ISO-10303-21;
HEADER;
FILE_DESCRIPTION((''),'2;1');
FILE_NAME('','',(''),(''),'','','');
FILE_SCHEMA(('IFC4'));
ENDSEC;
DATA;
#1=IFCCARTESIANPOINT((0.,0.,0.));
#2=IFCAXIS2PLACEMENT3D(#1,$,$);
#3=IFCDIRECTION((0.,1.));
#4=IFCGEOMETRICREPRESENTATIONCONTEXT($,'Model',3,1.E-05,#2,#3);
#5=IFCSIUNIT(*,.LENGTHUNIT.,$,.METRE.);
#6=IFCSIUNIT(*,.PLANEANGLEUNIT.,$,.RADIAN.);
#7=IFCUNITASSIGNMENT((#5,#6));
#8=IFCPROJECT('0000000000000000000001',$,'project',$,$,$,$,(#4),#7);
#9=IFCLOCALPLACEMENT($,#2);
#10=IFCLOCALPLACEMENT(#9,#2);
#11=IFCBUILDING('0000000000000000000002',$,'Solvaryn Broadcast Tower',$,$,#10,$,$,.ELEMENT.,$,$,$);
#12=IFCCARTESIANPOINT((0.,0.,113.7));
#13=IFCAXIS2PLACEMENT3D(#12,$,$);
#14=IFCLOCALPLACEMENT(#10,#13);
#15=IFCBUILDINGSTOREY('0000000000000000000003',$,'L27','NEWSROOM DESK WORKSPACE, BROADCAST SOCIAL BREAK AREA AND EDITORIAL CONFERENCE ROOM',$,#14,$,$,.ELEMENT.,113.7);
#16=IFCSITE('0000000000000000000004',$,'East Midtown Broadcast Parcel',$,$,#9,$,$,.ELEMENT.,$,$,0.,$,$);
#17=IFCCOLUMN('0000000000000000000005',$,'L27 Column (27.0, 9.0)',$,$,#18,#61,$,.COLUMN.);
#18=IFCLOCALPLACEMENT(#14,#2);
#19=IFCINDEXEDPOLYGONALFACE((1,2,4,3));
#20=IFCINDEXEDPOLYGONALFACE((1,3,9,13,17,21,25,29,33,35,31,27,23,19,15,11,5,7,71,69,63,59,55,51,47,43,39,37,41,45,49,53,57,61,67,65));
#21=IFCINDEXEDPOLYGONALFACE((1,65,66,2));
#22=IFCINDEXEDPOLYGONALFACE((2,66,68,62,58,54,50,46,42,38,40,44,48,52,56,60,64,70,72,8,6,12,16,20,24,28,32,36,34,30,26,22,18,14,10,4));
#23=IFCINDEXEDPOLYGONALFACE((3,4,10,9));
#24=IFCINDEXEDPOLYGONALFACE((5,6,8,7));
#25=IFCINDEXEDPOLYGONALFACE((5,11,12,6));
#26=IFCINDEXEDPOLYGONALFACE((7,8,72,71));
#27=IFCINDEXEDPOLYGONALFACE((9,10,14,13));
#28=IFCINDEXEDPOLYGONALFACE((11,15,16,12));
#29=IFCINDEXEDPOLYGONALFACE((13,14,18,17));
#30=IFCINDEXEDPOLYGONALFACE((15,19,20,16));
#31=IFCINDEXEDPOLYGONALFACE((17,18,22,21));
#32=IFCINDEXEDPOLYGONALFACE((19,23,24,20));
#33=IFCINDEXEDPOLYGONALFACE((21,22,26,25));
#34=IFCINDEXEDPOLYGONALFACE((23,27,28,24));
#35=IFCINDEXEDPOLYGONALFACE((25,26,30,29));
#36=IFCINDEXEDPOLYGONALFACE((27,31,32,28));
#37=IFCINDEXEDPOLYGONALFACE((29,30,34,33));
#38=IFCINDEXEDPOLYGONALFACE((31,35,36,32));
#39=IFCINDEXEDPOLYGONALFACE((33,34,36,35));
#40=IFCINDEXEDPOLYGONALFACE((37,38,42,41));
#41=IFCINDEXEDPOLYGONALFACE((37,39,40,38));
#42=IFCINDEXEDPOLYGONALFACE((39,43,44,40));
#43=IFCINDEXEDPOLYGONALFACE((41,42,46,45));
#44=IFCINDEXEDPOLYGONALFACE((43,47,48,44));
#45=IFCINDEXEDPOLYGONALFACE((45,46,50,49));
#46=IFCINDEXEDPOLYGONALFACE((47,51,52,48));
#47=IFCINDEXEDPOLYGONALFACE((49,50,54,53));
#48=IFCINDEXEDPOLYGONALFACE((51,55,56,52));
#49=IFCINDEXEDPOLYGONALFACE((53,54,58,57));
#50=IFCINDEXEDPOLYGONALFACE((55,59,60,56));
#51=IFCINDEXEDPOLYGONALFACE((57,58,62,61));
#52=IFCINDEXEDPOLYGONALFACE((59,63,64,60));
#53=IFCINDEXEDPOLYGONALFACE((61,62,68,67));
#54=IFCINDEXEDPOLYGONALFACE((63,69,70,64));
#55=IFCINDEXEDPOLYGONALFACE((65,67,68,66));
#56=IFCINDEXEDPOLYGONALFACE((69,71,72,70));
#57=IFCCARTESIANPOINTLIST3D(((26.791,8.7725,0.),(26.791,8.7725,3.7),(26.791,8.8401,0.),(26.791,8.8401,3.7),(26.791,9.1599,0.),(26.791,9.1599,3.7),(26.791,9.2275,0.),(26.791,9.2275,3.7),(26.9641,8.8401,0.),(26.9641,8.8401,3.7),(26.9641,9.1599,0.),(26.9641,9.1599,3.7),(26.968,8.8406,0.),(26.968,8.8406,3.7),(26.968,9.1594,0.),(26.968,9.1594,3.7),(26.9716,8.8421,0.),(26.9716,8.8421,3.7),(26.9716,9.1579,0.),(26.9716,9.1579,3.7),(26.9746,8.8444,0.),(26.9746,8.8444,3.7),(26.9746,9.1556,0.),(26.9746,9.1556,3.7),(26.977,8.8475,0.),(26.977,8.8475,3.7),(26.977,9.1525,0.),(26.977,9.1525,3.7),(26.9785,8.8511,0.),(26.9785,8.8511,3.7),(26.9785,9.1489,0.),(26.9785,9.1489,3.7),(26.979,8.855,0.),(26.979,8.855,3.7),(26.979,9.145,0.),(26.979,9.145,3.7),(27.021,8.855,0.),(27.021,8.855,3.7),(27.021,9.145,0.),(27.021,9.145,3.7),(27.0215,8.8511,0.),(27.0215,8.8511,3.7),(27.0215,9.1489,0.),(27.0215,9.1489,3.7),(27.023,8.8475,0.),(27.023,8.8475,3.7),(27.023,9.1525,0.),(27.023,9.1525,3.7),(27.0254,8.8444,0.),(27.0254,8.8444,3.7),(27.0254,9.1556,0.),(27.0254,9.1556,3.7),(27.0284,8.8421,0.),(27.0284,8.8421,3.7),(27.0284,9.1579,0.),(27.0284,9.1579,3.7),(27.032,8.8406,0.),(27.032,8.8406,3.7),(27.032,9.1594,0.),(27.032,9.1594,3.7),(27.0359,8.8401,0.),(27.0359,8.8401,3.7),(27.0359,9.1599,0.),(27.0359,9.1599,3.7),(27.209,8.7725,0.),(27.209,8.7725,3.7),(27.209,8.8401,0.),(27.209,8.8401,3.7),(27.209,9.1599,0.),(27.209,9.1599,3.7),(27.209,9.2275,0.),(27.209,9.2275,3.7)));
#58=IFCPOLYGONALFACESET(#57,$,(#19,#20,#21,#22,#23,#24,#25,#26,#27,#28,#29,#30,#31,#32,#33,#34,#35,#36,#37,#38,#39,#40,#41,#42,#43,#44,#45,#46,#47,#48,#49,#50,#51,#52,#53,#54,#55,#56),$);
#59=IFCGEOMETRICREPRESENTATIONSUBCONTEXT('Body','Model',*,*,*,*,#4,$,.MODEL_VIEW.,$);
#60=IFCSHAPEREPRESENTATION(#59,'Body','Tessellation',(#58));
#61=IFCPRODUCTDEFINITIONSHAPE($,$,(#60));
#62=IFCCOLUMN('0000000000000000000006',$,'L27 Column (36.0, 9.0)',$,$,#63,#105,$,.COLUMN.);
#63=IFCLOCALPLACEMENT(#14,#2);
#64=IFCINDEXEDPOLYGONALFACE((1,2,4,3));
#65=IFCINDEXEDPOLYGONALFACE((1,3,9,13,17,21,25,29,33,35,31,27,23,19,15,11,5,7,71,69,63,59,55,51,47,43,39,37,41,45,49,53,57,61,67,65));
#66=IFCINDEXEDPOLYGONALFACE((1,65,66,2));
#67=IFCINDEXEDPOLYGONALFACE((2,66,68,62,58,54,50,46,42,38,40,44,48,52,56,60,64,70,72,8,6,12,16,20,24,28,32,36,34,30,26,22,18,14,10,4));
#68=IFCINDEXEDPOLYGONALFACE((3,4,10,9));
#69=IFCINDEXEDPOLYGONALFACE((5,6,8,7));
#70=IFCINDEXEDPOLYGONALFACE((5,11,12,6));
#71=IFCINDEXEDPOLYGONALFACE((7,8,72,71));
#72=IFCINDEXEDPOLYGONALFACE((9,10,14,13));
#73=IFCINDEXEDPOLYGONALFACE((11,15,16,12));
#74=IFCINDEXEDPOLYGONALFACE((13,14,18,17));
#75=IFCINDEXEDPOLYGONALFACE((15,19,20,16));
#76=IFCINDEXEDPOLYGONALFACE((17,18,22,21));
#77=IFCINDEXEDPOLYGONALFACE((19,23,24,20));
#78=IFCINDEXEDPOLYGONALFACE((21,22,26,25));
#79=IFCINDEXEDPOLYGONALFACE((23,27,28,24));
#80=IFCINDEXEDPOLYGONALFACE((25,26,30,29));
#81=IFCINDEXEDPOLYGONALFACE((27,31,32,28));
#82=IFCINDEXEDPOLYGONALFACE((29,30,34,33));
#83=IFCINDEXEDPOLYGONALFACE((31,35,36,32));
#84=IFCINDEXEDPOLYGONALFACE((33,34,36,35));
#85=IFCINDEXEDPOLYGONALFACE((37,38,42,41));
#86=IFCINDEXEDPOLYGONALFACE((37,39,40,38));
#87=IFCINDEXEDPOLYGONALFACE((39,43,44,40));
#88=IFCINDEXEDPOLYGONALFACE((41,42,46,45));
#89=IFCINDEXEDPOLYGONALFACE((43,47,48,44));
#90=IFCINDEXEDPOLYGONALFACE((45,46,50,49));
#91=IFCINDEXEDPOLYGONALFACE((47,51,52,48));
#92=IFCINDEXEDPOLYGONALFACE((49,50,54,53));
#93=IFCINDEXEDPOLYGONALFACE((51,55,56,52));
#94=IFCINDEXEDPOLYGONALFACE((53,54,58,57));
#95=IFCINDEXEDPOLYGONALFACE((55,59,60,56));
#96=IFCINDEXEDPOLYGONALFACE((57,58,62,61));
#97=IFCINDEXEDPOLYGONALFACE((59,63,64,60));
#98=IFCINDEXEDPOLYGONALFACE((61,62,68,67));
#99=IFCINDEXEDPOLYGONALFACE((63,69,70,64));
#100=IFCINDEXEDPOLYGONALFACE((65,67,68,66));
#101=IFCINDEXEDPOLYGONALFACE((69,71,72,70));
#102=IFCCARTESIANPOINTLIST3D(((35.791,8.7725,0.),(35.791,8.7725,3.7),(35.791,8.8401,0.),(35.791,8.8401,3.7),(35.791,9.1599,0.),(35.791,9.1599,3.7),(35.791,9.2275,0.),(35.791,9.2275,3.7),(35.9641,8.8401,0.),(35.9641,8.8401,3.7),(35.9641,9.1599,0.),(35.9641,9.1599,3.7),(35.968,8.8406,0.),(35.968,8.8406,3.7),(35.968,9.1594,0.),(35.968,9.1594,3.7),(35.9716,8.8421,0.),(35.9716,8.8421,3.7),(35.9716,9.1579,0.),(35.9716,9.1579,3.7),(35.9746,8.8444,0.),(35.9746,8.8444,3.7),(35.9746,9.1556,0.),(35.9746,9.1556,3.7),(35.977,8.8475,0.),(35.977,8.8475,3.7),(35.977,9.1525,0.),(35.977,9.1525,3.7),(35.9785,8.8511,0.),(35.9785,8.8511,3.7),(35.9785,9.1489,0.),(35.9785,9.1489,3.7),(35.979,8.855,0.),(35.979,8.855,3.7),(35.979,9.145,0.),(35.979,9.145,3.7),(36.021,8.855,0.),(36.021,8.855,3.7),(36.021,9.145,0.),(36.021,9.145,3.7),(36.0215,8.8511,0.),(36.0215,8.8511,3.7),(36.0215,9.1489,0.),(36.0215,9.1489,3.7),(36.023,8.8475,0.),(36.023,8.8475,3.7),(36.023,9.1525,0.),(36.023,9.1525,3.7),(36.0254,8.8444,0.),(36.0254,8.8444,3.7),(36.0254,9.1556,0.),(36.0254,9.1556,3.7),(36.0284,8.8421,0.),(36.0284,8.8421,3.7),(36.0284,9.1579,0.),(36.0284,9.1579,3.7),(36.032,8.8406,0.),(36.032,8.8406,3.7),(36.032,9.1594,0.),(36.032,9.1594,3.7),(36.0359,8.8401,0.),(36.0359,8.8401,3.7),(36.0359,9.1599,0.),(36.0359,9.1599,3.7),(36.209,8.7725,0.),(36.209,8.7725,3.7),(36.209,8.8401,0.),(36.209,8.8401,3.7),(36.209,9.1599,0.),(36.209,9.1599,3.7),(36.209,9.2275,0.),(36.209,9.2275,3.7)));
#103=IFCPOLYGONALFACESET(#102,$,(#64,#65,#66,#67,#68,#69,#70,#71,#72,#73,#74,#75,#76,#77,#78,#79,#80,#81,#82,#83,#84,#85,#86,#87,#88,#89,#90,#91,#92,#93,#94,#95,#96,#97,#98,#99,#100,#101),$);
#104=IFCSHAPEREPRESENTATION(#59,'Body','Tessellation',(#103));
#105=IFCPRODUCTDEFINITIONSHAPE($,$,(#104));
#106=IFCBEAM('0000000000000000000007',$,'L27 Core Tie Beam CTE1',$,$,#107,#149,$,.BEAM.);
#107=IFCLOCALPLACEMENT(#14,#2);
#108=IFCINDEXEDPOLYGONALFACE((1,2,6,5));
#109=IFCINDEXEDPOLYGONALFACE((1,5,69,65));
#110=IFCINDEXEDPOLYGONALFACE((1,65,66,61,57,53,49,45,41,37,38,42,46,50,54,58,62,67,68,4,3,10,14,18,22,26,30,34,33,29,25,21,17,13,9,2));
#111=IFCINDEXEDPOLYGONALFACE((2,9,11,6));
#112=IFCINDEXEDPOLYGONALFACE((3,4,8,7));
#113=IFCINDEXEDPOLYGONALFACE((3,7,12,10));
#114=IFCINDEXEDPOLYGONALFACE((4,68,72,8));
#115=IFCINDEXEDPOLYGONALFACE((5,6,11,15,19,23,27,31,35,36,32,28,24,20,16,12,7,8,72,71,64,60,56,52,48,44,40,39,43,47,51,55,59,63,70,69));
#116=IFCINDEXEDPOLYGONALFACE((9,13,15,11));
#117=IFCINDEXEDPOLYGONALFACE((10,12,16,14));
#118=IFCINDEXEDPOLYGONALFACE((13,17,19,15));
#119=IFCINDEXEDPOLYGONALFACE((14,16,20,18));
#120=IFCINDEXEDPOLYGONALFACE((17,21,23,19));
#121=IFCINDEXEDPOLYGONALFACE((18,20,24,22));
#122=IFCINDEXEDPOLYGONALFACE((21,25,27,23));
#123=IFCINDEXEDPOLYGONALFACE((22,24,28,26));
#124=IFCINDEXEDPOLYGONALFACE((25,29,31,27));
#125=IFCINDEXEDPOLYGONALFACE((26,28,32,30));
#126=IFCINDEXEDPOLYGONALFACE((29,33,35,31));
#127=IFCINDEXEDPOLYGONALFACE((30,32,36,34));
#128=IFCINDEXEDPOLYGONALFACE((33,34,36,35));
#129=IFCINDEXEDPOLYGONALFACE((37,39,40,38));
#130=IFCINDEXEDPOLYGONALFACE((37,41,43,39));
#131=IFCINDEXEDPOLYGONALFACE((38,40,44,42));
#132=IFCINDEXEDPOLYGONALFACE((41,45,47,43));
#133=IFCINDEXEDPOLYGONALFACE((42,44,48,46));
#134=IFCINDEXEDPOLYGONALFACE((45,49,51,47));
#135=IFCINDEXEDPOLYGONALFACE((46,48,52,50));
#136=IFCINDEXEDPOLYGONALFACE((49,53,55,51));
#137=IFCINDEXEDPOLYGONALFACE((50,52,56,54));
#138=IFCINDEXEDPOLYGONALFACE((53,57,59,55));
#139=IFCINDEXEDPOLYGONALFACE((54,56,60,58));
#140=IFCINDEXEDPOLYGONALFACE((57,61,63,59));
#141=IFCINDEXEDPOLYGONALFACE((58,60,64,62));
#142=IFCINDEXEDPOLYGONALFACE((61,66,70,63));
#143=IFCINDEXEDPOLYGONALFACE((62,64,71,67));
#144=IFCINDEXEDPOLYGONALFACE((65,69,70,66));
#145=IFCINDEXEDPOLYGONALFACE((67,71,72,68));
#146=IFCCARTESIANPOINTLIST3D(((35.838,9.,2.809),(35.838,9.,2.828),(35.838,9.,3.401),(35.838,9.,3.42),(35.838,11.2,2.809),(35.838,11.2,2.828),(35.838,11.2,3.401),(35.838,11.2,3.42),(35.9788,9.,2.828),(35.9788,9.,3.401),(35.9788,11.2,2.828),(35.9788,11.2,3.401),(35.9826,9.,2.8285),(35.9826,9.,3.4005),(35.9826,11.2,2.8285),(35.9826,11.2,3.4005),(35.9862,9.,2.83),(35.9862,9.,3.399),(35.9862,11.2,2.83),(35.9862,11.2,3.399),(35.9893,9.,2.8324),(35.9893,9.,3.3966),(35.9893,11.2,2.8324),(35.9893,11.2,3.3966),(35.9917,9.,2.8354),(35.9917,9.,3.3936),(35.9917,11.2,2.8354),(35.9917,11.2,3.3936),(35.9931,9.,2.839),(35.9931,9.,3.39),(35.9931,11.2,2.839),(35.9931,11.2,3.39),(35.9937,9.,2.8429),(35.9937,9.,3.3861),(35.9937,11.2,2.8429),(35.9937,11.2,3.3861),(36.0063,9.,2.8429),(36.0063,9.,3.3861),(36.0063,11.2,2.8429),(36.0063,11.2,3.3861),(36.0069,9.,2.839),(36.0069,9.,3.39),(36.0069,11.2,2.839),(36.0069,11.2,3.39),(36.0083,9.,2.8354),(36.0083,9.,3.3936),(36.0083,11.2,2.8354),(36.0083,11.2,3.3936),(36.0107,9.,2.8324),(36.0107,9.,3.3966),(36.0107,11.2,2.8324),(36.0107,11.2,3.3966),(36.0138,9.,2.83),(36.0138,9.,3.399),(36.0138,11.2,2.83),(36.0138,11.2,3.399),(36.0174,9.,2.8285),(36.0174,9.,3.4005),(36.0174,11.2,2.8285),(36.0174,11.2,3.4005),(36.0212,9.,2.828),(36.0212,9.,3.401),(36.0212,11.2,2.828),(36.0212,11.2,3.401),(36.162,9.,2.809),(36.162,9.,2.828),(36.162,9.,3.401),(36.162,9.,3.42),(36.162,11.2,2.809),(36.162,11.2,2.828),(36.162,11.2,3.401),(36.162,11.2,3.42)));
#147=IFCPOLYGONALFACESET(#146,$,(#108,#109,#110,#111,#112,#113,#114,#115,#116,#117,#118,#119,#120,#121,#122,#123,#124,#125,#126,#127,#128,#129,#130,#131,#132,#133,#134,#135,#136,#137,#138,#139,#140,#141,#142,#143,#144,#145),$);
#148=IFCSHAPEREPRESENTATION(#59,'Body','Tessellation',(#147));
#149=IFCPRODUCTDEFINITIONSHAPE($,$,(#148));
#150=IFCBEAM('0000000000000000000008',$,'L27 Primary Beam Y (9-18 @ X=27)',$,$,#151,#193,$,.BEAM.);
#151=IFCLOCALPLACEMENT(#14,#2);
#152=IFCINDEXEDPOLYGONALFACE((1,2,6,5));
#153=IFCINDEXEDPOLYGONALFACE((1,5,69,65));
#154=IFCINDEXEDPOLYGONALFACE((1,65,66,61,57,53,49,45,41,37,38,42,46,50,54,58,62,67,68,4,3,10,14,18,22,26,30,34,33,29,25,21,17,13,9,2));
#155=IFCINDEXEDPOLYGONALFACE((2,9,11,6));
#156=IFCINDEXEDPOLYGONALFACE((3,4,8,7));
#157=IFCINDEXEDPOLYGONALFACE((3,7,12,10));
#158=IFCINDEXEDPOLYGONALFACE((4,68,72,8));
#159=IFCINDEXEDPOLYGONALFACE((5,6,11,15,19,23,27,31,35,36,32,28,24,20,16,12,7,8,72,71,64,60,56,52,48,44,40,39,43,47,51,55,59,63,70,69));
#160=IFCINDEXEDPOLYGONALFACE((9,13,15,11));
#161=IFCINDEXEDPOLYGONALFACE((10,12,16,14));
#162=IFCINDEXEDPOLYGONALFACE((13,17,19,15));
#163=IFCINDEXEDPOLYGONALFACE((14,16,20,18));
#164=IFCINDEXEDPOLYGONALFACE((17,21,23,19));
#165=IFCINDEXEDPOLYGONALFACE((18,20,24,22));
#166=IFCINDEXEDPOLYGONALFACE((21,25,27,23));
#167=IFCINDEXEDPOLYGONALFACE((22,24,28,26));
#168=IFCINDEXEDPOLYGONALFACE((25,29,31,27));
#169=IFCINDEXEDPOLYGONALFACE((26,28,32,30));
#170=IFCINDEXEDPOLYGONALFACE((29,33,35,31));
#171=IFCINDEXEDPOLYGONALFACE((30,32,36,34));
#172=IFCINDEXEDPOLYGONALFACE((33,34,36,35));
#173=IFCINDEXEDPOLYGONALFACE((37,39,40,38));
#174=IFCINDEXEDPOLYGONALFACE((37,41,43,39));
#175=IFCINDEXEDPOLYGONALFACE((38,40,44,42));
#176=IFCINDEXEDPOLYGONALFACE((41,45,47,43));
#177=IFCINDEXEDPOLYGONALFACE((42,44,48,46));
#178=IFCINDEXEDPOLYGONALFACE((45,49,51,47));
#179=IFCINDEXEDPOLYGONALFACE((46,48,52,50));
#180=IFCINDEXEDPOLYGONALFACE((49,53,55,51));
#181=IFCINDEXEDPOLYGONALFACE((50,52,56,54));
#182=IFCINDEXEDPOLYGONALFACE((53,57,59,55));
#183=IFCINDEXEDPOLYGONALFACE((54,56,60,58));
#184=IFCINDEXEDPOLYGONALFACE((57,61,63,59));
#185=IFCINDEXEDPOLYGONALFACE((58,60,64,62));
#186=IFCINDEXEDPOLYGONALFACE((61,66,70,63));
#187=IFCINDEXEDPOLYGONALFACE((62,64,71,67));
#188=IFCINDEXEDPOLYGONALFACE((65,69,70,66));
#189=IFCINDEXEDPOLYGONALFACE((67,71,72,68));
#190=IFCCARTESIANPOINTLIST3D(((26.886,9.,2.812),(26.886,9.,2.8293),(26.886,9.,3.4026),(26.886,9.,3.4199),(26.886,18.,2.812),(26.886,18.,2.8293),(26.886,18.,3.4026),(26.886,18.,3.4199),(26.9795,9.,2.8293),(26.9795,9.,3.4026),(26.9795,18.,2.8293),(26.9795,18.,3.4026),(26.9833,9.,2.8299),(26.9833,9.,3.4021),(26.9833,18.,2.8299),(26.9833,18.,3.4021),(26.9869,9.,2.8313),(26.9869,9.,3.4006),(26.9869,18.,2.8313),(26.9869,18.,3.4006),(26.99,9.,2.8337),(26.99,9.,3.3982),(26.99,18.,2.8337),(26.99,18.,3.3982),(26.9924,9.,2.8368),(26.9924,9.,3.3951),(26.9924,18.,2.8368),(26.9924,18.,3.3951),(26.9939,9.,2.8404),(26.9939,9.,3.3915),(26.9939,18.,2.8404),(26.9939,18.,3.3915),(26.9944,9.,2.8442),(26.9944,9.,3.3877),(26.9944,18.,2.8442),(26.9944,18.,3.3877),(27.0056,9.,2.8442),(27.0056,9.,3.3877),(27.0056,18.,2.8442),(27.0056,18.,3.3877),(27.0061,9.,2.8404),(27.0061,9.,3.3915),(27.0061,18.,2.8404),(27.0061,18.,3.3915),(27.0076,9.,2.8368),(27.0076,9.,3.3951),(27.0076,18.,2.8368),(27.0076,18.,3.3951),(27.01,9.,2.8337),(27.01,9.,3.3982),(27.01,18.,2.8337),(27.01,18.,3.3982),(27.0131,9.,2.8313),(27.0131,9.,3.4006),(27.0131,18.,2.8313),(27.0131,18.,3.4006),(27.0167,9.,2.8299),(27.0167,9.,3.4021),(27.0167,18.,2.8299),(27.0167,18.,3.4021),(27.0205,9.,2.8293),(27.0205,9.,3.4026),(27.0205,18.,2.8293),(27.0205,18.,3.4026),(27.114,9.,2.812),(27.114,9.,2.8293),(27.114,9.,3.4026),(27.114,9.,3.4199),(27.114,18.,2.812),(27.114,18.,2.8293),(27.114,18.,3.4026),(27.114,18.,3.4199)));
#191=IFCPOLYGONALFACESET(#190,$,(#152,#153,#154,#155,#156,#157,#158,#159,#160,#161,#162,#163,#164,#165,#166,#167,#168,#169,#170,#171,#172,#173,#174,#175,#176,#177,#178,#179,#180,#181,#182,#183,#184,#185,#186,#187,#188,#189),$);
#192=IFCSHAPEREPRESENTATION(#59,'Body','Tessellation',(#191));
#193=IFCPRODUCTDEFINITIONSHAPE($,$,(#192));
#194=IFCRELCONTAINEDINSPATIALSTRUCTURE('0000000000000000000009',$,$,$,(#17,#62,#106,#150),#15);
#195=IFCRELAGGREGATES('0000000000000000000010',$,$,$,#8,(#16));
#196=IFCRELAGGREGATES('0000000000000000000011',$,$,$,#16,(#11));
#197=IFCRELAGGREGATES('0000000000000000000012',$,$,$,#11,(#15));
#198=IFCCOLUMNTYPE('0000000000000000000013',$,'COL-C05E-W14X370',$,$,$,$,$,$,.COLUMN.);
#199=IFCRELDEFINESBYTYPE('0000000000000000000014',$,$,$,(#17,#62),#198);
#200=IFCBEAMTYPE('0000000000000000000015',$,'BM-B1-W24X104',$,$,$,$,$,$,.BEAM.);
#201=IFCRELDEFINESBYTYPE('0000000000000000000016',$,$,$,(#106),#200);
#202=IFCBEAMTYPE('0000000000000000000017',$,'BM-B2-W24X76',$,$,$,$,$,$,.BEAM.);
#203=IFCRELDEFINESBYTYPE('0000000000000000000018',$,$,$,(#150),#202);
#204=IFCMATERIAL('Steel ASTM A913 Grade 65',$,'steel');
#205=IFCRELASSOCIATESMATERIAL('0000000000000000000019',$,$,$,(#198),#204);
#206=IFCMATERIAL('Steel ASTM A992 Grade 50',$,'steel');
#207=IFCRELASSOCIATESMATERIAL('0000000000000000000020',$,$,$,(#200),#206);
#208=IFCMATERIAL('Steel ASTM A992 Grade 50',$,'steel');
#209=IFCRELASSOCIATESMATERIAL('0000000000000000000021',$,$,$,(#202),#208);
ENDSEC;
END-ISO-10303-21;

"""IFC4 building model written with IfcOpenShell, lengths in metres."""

from ifc_helpers import new_model, si_unit, direction, frame, origin, origin_2d, place, context, subcontext, project, spatial, i_section, extrude, material, material_profile, profile_set, type_object, element, save


model = new_model("IFC4")

# Units and contexts
model_context = context("Model", 3, precision=1e-05, world=origin(), true_north=direction((0.0, 1.0)))
body_context = subcontext(model_context, "Body", "Model", "MODEL_VIEW")
ifc_project = project(units=[si_unit("LENGTHUNIT", "METRE"), si_unit("PLANEANGLEUNIT", "RADIAN")], contexts=[model_context])

# Site, building, storey
site_placement = place(None, origin())
site = spatial("IfcSite", under=ifc_project, at=site_placement, Name="East Midtown Broadcast Parcel", CompositionType="ELEMENT", RefElevation=0.0)
building_placement = place(site_placement, origin())
building = spatial("IfcBuilding", under=site, at=building_placement, Name="Solvaryn Broadcast Tower", CompositionType="ELEMENT")
storey_placement = place(building_placement, frame((0.0, 0.0, 113.7)))
storey = spatial("IfcBuildingStorey", under=building, at=storey_placement, Name="L27", Description="NEWSROOM DESK WORKSPACE, BROADCAST SOCIAL BREAK AREA AND EDITORIAL CONFERENCE ROOM", CompositionType="ELEMENT", Elevation=113.7)

# Columns
ifc_material_1 = material(Name="Steel ASTM A913 Grade 65", Category="steel")
ifc_material_profile_1 = material_profile(ifc_material_1, i_section(OverallWidth=0.418, OverallDepth=0.4551, WebThickness=0.042, FlangeThickness=0.0676, FilletRadius=0.0149, at=origin_2d()))
ifc_profile_set_1 = profile_set([ifc_material_profile_1], Name="Steel ASTM A913 Grade 65")
column_type = type_object("IfcColumnType", Name="COL-C05E-W14X370", PredefinedType="COLUMN", material=ifc_profile_set_1)
for number, where, z_axis, x_axis, name in (
    (1, (27.0, 9.0, 0.0), (0.0, 0.0, 1.0), (1.0, 0.0, 0.0), "L27 Column (27.0, 9.0)"),
    (2, (36.0, 9.0, 0.0), (0.0, 0.0, 1.0), (1.0, 0.0, 0.0), "L27 Column (36.0, 9.0)"),
):
    element("IfcColumn", number, at=place(storey_placement, frame(where, z_axis=z_axis, x_axis=x_axis)), inside=storey, type_object=column_type, Name=name, PredefinedType="COLUMN", context=body_context, shape_type="SweptSolid", body=[
        extrude(i_section(OverallWidth=0.418, OverallDepth=0.4551, WebThickness=0.042, FlangeThickness=0.0676, FilletRadius=0.0149, at=origin_2d()), origin(), (0.0, 0.0, 1.0), 3.7),
    ])

# Beams
ifc_material_2 = material(Name="Steel ASTM A992 Grade 50", Category="steel")
ifc_material_profile_2 = material_profile(ifc_material_2, i_section(OverallWidth=0.324, OverallDepth=0.6111, WebThickness=0.0127, FlangeThickness=0.019, FilletRadius=0.0149, at=origin_2d()))
ifc_profile_set_2 = profile_set([ifc_material_profile_2], Name="Steel ASTM A992 Grade 50")
beam_type_1 = type_object("IfcBeamType", Name="BM-B1-W24X104", PredefinedType="BEAM", material=ifc_profile_set_2)
beam_1_placement = place(storey_placement, frame((36.0, 9.0, 3.1145), z_axis=(0.0, 1.0, 0.0), x_axis=(-1.0, 0.0, 0.0)))
element("IfcBeam", 3, at=beam_1_placement, inside=storey, type_object=beam_type_1, Name="L27 Core Tie Beam CTE1", PredefinedType="BEAM", context=body_context, shape_type="SweptSolid", body=[
    extrude(i_section(OverallWidth=0.324, OverallDepth=0.6111, WebThickness=0.0127, FlangeThickness=0.019, FilletRadius=0.0149, at=origin_2d()), origin(), (0.0, 0.0, 1.0), 2.2),
])
ifc_material_3 = material(Name="Steel ASTM A992 Grade 50", Category="steel")
ifc_material_profile_3 = material_profile(ifc_material_3, i_section(OverallWidth=0.228, OverallDepth=0.6079, WebThickness=0.0112, FlangeThickness=0.0173, FilletRadius=0.0149, at=origin_2d()))
ifc_profile_set_3 = profile_set([ifc_material_profile_3], Name="Steel ASTM A992 Grade 50")
beam_type_2 = type_object("IfcBeamType", Name="BM-B2-W24X76", PredefinedType="BEAM", material=ifc_profile_set_3)
beam_2_placement = place(storey_placement, frame((27.0, 9.0, 3.116), z_axis=(0.0, 1.0, 0.0), x_axis=(-1.0, 0.0, 0.0)))
element("IfcBeam", 4, at=beam_2_placement, inside=storey, type_object=beam_type_2, Name="L27 Primary Beam Y (9-18 @ X=27)", PredefinedType="BEAM", context=body_context, shape_type="SweptSolid", body=[
    extrude(i_section(OverallWidth=0.228, OverallDepth=0.6079, WebThickness=0.0112, FlangeThickness=0.0173, FilletRadius=0.0149, at=origin_2d()), origin(), (0.0, 0.0, 1.0), 9.0),
])

save(model, "model.ifc")
